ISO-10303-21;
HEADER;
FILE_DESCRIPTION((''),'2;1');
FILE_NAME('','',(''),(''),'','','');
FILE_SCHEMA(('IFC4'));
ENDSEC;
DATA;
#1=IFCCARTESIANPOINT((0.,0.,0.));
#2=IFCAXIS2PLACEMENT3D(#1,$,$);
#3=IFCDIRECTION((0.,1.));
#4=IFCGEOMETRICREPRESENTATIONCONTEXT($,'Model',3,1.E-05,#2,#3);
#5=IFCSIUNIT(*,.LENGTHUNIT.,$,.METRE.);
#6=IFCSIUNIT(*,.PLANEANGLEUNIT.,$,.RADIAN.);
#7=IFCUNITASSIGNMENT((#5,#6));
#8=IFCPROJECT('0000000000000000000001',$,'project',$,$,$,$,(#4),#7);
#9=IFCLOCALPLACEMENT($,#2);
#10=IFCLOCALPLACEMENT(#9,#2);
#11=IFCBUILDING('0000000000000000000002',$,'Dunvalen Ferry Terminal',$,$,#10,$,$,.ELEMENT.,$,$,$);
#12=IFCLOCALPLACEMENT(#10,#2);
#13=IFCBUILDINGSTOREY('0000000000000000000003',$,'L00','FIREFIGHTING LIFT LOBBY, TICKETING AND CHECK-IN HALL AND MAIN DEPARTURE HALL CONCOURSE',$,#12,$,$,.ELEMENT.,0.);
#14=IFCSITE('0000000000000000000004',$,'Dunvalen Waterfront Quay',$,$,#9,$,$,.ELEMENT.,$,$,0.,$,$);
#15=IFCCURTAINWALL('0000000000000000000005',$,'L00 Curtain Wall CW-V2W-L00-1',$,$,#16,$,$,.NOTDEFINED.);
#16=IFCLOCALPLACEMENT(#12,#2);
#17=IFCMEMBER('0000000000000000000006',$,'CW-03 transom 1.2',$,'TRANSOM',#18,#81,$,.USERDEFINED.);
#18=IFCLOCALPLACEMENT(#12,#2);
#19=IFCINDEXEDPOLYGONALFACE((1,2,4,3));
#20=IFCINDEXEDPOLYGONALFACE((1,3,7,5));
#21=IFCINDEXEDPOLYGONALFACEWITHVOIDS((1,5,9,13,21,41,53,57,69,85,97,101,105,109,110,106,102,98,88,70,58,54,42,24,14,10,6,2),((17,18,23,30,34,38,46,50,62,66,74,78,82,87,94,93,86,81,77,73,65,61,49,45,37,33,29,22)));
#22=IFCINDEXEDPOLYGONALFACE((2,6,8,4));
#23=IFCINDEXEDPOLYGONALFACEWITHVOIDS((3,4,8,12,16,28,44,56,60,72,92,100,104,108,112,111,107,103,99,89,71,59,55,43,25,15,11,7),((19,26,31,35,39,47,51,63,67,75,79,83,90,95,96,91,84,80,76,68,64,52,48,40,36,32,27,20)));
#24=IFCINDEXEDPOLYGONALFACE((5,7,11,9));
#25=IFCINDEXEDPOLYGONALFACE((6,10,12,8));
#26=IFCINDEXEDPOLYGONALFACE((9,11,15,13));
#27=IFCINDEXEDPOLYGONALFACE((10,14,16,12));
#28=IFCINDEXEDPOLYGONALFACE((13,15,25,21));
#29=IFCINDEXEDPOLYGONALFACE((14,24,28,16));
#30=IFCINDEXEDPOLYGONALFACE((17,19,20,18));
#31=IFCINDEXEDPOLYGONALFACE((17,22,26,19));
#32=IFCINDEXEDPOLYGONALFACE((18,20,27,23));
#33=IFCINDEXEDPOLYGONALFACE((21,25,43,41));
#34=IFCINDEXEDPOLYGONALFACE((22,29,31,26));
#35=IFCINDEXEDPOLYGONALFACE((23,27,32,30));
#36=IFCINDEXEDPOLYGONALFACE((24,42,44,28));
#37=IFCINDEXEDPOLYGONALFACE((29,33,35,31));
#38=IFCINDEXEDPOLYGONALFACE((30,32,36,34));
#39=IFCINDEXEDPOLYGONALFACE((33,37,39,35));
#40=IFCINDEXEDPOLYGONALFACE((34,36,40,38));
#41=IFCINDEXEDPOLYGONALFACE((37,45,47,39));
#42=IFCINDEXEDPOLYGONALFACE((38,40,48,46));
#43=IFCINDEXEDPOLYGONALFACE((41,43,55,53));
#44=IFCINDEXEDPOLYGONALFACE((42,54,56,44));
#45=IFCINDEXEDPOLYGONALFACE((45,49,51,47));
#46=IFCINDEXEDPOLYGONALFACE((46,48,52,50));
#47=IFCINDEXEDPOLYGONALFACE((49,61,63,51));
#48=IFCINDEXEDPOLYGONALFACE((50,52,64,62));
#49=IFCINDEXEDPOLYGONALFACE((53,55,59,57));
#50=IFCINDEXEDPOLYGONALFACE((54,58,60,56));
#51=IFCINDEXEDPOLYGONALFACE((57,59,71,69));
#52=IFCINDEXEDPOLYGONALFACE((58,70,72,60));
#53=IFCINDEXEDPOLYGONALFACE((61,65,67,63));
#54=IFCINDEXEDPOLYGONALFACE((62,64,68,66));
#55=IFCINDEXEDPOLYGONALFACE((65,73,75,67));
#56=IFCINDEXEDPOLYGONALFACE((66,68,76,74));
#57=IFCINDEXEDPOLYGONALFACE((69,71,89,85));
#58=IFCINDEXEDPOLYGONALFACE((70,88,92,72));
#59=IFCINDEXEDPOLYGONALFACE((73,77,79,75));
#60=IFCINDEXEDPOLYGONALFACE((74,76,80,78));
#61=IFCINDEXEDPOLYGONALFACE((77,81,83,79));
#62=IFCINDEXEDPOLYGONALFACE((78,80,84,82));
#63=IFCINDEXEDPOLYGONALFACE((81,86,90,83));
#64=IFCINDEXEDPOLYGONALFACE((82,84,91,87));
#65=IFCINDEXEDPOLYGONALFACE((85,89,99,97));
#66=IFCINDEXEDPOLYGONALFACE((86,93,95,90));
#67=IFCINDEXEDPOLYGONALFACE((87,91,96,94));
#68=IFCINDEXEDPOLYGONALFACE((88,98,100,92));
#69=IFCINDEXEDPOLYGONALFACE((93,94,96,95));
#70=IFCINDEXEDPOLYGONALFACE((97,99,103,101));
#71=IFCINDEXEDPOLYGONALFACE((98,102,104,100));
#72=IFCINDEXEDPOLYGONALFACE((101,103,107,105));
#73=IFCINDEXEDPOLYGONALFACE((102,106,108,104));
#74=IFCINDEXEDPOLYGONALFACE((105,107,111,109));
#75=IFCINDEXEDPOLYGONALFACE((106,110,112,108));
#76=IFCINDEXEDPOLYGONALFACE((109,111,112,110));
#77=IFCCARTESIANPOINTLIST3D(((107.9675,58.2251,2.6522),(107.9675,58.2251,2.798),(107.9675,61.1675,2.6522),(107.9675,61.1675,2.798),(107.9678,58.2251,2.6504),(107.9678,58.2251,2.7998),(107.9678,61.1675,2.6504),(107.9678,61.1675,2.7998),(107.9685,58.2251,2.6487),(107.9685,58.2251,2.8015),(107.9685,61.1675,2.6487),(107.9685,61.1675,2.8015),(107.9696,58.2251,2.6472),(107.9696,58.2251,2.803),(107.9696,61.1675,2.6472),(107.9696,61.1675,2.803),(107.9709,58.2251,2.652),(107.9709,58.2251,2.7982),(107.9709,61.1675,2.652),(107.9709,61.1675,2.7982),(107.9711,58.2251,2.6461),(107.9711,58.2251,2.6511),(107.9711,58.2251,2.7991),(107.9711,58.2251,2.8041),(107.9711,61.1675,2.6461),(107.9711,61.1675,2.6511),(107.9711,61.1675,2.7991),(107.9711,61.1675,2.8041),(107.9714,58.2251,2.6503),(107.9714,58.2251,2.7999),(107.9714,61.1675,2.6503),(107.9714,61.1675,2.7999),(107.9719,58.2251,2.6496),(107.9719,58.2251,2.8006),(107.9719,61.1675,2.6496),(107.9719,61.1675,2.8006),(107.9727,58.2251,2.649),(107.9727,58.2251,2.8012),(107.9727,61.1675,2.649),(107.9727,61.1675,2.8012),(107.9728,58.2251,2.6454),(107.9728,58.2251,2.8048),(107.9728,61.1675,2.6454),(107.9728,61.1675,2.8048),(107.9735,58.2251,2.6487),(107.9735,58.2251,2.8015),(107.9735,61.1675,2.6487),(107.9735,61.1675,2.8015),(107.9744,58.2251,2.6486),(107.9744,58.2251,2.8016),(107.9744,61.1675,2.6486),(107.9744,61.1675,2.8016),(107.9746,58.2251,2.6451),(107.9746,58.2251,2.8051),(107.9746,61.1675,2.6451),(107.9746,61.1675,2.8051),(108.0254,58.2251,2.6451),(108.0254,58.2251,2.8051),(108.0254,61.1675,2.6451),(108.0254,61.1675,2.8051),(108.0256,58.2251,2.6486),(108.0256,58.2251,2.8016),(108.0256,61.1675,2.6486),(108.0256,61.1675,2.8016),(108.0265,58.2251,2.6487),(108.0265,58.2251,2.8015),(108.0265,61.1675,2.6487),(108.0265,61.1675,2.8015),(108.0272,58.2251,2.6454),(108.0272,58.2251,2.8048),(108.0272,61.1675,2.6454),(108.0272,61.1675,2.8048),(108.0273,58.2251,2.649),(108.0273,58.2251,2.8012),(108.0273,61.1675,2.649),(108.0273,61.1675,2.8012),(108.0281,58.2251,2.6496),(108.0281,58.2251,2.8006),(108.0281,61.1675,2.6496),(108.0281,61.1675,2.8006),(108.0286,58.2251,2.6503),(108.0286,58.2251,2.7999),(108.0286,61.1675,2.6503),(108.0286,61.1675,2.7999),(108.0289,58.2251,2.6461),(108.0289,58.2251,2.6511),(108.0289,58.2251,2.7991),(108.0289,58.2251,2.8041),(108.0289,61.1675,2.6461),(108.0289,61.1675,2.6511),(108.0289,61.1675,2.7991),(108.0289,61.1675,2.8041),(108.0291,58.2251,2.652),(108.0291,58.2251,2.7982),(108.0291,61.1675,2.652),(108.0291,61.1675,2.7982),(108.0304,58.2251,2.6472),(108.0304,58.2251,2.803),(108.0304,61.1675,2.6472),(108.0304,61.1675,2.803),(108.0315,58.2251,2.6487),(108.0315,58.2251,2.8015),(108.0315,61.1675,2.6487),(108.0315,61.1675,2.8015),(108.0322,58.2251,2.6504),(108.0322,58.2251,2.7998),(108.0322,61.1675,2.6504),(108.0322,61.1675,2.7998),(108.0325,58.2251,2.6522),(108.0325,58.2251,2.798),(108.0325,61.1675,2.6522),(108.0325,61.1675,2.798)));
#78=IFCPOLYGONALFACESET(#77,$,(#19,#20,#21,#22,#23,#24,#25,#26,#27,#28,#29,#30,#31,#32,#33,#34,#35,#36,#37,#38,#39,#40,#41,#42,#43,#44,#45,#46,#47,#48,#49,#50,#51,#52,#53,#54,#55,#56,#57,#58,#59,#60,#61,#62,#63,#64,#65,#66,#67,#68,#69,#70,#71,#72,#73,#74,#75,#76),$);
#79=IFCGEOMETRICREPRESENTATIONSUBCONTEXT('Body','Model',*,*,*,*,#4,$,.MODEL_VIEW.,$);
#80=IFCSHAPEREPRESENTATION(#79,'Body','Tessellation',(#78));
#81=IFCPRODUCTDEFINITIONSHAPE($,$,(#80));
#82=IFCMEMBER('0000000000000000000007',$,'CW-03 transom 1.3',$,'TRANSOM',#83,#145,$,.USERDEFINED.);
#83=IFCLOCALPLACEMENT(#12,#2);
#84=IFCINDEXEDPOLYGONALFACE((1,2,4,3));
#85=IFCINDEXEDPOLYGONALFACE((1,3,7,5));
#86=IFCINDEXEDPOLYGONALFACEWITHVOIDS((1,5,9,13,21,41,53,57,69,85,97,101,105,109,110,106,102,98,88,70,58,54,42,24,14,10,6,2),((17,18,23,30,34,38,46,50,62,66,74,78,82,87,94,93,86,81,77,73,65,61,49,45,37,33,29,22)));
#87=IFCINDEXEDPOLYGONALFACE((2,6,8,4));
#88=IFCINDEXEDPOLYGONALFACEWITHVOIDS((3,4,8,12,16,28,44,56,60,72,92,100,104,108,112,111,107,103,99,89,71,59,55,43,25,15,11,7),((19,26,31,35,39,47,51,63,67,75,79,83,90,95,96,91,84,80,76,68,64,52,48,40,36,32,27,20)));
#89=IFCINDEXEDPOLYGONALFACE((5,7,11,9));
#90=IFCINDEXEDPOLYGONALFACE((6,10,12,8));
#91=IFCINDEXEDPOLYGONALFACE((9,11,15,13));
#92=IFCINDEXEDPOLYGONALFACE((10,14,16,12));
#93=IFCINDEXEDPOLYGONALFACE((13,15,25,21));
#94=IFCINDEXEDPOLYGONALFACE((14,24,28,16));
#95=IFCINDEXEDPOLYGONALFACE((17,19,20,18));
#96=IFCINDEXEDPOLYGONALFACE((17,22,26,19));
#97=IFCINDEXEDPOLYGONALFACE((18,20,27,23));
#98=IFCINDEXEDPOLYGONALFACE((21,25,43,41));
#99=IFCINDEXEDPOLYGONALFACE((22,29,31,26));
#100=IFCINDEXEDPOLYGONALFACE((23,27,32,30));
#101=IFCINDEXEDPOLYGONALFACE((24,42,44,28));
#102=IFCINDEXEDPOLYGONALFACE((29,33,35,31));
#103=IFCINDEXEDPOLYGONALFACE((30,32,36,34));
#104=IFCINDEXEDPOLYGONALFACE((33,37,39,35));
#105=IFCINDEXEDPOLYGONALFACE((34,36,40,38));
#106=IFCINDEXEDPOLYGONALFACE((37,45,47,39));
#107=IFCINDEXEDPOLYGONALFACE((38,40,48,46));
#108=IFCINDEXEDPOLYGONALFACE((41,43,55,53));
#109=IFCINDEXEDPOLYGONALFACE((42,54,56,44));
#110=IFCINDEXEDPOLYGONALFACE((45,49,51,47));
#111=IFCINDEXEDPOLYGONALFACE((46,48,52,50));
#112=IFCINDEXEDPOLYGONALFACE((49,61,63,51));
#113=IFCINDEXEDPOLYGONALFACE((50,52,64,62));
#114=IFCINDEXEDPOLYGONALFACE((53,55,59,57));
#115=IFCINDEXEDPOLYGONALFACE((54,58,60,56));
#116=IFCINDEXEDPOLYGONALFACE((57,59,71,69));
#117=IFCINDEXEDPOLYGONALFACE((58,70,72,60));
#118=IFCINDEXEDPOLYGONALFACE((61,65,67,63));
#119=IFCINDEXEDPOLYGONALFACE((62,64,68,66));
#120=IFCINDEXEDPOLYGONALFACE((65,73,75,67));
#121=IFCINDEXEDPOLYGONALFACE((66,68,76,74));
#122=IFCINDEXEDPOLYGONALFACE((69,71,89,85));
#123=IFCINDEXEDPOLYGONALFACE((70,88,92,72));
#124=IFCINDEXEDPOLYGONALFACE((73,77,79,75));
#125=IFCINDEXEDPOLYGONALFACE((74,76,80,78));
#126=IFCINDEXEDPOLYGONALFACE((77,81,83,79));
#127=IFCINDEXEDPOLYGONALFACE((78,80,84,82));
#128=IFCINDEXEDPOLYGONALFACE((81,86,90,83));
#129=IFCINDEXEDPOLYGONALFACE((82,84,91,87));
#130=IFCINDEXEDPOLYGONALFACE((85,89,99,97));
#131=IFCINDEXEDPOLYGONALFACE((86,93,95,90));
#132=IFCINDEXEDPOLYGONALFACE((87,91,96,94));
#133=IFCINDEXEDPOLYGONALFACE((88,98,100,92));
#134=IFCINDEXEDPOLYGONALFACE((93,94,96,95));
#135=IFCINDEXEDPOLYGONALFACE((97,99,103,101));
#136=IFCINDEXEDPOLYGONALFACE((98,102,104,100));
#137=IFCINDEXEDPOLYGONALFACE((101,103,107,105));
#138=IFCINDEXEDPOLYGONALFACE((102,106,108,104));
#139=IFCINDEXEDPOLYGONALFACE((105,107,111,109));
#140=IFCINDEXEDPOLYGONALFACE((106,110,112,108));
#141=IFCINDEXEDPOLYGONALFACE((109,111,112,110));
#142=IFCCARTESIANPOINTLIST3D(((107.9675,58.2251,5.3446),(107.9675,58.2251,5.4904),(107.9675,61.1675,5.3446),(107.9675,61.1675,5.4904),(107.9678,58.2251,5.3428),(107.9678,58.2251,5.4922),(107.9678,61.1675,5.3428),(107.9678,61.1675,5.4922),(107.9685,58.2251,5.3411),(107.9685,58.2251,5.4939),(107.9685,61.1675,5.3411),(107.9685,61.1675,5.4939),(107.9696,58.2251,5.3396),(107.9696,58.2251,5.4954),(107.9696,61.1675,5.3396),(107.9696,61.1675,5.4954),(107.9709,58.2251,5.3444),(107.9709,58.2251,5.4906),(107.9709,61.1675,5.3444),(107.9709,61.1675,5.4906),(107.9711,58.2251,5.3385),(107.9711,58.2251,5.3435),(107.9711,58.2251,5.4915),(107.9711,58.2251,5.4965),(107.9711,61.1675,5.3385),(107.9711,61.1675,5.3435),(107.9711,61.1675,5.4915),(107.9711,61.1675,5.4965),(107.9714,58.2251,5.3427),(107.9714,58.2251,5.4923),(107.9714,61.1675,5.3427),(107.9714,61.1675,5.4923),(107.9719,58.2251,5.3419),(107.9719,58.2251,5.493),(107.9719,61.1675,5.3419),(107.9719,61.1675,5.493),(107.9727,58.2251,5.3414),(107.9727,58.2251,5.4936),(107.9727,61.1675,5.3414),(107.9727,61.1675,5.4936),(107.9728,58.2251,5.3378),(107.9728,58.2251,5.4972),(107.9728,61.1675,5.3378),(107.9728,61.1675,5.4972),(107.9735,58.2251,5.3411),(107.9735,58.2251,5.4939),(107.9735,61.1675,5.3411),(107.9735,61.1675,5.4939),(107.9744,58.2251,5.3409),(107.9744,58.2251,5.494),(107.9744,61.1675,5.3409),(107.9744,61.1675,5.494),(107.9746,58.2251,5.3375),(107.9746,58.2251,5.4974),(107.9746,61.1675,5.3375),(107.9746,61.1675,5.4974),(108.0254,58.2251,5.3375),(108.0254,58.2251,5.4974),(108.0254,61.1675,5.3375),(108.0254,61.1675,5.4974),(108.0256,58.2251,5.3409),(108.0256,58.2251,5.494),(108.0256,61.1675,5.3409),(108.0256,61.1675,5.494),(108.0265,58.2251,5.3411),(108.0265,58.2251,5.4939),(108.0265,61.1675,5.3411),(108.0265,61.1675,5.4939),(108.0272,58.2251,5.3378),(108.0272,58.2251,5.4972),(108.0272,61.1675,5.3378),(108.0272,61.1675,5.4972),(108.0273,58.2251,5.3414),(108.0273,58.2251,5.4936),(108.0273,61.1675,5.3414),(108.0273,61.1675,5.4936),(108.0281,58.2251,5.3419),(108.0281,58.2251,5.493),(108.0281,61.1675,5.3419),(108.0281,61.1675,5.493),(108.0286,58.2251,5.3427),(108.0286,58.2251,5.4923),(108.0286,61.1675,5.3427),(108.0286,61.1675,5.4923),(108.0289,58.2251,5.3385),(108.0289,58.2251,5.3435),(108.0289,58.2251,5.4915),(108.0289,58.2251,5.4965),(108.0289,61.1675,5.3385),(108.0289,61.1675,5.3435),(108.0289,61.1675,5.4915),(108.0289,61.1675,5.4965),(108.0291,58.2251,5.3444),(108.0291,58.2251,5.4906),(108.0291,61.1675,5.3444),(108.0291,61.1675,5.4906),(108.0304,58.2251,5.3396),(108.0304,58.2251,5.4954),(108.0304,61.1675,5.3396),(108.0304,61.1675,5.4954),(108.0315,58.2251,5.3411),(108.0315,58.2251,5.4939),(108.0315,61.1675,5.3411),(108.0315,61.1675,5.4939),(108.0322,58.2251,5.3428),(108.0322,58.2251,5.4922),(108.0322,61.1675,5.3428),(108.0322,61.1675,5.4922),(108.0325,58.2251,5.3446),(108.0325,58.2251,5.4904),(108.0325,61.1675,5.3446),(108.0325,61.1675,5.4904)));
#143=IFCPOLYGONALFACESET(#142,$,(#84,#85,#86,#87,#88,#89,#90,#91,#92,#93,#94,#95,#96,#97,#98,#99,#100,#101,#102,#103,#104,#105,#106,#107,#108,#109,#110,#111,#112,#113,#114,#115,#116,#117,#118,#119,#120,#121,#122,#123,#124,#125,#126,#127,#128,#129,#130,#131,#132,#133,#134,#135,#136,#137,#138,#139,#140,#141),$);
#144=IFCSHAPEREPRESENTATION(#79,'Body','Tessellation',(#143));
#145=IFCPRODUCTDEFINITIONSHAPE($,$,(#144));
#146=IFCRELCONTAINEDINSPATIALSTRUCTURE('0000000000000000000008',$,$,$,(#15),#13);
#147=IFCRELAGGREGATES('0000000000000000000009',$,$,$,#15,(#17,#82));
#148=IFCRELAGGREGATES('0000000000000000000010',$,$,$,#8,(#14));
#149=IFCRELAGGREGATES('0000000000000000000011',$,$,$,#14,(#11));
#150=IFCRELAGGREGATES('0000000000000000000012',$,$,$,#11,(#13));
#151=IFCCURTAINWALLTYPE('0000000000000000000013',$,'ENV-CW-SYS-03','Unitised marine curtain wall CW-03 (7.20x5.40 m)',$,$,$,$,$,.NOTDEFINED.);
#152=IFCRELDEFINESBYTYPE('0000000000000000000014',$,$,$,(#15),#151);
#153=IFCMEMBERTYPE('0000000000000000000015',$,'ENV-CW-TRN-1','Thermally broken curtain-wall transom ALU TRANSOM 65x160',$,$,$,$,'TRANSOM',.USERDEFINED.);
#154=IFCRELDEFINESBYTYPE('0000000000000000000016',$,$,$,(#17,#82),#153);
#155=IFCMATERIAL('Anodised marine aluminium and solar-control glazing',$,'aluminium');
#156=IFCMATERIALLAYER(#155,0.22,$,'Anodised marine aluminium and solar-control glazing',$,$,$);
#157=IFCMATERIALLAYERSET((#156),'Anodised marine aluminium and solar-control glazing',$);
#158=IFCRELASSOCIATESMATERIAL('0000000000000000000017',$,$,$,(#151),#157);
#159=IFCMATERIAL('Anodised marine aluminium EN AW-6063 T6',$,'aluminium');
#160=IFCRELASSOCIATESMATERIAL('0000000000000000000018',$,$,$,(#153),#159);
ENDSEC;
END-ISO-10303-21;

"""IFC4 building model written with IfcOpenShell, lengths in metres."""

from ifc_helpers import new_model, si_unit, direction, frame, origin, origin_2d, place, context, subcontext, project, spatial, hollow_rectangle, extrude, material, layer, layer_set, material_profile, profile_set, type_object, element, aggregate, save


model = new_model("IFC4")

# Units and contexts
model_context = context("Model", 3, precision=1e-05, world=origin(), true_north=direction((0.0, 1.0)))
body_context = subcontext(model_context, "Body", "Model", "MODEL_VIEW")
ifc_project = project(units=[si_unit("LENGTHUNIT", "METRE"), si_unit("PLANEANGLEUNIT", "RADIAN")], contexts=[model_context])

# Site, building, storey
site_placement = place(None, origin())
site = spatial("IfcSite", under=ifc_project, at=site_placement, Name="Dunvalen Waterfront Quay", CompositionType="ELEMENT", RefElevation=0.0)
building_placement = place(site_placement, origin())
building = spatial("IfcBuilding", under=site, at=building_placement, Name="Dunvalen Ferry Terminal", CompositionType="ELEMENT")
storey_placement = place(building_placement, origin())
storey = spatial("IfcBuildingStorey", under=building, at=storey_placement, Name="L00", Description="FIREFIGHTING LIFT LOBBY, TICKETING AND CHECK-IN HALL AND MAIN DEPARTURE HALL CONCOURSE", CompositionType="ELEMENT", Elevation=0.0)

# Shared definitions
ifc_material_1 = material(Name="Anodised marine aluminium and solar-control glazing", Category="aluminium")
ifc_material_2 = material(Name="Anodised marine aluminium EN AW-6063 T6", Category="aluminium")

# Curtain wall
ifc_layer_1 = layer(ifc_material_1, 0.22, Name="Anodised marine aluminium and solar-control glazing")
ifc_layer_set_1 = layer_set([ifc_layer_1], Name="Anodised marine aluminium and solar-control glazing")
curtain_wall_type_1 = type_object("IfcCurtainWallType", Name="ENV-CW-SYS-03", Description="Unitised marine curtain wall CW-03 (7.20x5.40 m)", PredefinedType="NOTDEFINED", material=ifc_layer_set_1)
curtain_wall_1_placement = place(storey_placement, origin())
curtain_wall_1 = element("IfcCurtainWall", 1, at=curtain_wall_1_placement, inside=storey, type_object=curtain_wall_type_1, Name="L00 Curtain Wall CW-V2W-L00-1", PredefinedType="NOTDEFINED")

# Members
ifc_material_profile_1 = material_profile(ifc_material_2, hollow_rectangle(XDim=0.0649, YDim=0.1599, WallThickness=0.0034, InnerFilletRadius=0.0034, OuterFilletRadius=0.0071, at=origin_2d()), Name="Anodised marine aluminium EN AW-6063 T6")
ifc_profile_set_1 = profile_set([ifc_material_profile_1], Name="Anodised marine aluminium EN AW-6063 T6")
member_type_1 = type_object("IfcMemberType", Name="ENV-CW-TRN-1", Description="Thermally broken curtain-wall transom ALU TRANSOM 65x160", ElementType="TRANSOM", PredefinedType="USERDEFINED", material=ifc_profile_set_1)
member_1_placement = place(storey_placement, frame((108.0, 58.2251, 2.7251), z_axis=(0.0, 1.0, 0.0), x_axis=(-1.0, 0.0, 0.0)))
member_1 = element("IfcMember", 2, at=member_1_placement, type_object=member_type_1, Name="CW-03 transom 1.2", ObjectType="TRANSOM", PredefinedType="USERDEFINED", context=body_context, shape_type="SweptSolid", body=[
    extrude(hollow_rectangle(XDim=0.0649, YDim=0.1599, WallThickness=0.0034, InnerFilletRadius=0.0034, OuterFilletRadius=0.0071, at=origin_2d()), origin(), (0.0, 0.0, 1.0), 2.9424),
])
member_2_placement = place(storey_placement, frame((108.0, 58.2251, 5.4175), z_axis=(0.0, 1.0, 0.0), x_axis=(-1.0, 0.0, 0.0)))
member_2 = element("IfcMember", 3, at=member_2_placement, type_object=member_type_1, Name="CW-03 transom 1.3", ObjectType="TRANSOM", PredefinedType="USERDEFINED", context=body_context, shape_type="SweptSolid", body=[
    extrude(hollow_rectangle(XDim=0.0649, YDim=0.1599, WallThickness=0.0034, InnerFilletRadius=0.0034, OuterFilletRadius=0.0071, at=origin_2d()), origin(), (0.0, 0.0, 1.0), 2.9424),
])

aggregate(curtain_wall_1, [member_1, member_2])

save(model, "model.ifc")
